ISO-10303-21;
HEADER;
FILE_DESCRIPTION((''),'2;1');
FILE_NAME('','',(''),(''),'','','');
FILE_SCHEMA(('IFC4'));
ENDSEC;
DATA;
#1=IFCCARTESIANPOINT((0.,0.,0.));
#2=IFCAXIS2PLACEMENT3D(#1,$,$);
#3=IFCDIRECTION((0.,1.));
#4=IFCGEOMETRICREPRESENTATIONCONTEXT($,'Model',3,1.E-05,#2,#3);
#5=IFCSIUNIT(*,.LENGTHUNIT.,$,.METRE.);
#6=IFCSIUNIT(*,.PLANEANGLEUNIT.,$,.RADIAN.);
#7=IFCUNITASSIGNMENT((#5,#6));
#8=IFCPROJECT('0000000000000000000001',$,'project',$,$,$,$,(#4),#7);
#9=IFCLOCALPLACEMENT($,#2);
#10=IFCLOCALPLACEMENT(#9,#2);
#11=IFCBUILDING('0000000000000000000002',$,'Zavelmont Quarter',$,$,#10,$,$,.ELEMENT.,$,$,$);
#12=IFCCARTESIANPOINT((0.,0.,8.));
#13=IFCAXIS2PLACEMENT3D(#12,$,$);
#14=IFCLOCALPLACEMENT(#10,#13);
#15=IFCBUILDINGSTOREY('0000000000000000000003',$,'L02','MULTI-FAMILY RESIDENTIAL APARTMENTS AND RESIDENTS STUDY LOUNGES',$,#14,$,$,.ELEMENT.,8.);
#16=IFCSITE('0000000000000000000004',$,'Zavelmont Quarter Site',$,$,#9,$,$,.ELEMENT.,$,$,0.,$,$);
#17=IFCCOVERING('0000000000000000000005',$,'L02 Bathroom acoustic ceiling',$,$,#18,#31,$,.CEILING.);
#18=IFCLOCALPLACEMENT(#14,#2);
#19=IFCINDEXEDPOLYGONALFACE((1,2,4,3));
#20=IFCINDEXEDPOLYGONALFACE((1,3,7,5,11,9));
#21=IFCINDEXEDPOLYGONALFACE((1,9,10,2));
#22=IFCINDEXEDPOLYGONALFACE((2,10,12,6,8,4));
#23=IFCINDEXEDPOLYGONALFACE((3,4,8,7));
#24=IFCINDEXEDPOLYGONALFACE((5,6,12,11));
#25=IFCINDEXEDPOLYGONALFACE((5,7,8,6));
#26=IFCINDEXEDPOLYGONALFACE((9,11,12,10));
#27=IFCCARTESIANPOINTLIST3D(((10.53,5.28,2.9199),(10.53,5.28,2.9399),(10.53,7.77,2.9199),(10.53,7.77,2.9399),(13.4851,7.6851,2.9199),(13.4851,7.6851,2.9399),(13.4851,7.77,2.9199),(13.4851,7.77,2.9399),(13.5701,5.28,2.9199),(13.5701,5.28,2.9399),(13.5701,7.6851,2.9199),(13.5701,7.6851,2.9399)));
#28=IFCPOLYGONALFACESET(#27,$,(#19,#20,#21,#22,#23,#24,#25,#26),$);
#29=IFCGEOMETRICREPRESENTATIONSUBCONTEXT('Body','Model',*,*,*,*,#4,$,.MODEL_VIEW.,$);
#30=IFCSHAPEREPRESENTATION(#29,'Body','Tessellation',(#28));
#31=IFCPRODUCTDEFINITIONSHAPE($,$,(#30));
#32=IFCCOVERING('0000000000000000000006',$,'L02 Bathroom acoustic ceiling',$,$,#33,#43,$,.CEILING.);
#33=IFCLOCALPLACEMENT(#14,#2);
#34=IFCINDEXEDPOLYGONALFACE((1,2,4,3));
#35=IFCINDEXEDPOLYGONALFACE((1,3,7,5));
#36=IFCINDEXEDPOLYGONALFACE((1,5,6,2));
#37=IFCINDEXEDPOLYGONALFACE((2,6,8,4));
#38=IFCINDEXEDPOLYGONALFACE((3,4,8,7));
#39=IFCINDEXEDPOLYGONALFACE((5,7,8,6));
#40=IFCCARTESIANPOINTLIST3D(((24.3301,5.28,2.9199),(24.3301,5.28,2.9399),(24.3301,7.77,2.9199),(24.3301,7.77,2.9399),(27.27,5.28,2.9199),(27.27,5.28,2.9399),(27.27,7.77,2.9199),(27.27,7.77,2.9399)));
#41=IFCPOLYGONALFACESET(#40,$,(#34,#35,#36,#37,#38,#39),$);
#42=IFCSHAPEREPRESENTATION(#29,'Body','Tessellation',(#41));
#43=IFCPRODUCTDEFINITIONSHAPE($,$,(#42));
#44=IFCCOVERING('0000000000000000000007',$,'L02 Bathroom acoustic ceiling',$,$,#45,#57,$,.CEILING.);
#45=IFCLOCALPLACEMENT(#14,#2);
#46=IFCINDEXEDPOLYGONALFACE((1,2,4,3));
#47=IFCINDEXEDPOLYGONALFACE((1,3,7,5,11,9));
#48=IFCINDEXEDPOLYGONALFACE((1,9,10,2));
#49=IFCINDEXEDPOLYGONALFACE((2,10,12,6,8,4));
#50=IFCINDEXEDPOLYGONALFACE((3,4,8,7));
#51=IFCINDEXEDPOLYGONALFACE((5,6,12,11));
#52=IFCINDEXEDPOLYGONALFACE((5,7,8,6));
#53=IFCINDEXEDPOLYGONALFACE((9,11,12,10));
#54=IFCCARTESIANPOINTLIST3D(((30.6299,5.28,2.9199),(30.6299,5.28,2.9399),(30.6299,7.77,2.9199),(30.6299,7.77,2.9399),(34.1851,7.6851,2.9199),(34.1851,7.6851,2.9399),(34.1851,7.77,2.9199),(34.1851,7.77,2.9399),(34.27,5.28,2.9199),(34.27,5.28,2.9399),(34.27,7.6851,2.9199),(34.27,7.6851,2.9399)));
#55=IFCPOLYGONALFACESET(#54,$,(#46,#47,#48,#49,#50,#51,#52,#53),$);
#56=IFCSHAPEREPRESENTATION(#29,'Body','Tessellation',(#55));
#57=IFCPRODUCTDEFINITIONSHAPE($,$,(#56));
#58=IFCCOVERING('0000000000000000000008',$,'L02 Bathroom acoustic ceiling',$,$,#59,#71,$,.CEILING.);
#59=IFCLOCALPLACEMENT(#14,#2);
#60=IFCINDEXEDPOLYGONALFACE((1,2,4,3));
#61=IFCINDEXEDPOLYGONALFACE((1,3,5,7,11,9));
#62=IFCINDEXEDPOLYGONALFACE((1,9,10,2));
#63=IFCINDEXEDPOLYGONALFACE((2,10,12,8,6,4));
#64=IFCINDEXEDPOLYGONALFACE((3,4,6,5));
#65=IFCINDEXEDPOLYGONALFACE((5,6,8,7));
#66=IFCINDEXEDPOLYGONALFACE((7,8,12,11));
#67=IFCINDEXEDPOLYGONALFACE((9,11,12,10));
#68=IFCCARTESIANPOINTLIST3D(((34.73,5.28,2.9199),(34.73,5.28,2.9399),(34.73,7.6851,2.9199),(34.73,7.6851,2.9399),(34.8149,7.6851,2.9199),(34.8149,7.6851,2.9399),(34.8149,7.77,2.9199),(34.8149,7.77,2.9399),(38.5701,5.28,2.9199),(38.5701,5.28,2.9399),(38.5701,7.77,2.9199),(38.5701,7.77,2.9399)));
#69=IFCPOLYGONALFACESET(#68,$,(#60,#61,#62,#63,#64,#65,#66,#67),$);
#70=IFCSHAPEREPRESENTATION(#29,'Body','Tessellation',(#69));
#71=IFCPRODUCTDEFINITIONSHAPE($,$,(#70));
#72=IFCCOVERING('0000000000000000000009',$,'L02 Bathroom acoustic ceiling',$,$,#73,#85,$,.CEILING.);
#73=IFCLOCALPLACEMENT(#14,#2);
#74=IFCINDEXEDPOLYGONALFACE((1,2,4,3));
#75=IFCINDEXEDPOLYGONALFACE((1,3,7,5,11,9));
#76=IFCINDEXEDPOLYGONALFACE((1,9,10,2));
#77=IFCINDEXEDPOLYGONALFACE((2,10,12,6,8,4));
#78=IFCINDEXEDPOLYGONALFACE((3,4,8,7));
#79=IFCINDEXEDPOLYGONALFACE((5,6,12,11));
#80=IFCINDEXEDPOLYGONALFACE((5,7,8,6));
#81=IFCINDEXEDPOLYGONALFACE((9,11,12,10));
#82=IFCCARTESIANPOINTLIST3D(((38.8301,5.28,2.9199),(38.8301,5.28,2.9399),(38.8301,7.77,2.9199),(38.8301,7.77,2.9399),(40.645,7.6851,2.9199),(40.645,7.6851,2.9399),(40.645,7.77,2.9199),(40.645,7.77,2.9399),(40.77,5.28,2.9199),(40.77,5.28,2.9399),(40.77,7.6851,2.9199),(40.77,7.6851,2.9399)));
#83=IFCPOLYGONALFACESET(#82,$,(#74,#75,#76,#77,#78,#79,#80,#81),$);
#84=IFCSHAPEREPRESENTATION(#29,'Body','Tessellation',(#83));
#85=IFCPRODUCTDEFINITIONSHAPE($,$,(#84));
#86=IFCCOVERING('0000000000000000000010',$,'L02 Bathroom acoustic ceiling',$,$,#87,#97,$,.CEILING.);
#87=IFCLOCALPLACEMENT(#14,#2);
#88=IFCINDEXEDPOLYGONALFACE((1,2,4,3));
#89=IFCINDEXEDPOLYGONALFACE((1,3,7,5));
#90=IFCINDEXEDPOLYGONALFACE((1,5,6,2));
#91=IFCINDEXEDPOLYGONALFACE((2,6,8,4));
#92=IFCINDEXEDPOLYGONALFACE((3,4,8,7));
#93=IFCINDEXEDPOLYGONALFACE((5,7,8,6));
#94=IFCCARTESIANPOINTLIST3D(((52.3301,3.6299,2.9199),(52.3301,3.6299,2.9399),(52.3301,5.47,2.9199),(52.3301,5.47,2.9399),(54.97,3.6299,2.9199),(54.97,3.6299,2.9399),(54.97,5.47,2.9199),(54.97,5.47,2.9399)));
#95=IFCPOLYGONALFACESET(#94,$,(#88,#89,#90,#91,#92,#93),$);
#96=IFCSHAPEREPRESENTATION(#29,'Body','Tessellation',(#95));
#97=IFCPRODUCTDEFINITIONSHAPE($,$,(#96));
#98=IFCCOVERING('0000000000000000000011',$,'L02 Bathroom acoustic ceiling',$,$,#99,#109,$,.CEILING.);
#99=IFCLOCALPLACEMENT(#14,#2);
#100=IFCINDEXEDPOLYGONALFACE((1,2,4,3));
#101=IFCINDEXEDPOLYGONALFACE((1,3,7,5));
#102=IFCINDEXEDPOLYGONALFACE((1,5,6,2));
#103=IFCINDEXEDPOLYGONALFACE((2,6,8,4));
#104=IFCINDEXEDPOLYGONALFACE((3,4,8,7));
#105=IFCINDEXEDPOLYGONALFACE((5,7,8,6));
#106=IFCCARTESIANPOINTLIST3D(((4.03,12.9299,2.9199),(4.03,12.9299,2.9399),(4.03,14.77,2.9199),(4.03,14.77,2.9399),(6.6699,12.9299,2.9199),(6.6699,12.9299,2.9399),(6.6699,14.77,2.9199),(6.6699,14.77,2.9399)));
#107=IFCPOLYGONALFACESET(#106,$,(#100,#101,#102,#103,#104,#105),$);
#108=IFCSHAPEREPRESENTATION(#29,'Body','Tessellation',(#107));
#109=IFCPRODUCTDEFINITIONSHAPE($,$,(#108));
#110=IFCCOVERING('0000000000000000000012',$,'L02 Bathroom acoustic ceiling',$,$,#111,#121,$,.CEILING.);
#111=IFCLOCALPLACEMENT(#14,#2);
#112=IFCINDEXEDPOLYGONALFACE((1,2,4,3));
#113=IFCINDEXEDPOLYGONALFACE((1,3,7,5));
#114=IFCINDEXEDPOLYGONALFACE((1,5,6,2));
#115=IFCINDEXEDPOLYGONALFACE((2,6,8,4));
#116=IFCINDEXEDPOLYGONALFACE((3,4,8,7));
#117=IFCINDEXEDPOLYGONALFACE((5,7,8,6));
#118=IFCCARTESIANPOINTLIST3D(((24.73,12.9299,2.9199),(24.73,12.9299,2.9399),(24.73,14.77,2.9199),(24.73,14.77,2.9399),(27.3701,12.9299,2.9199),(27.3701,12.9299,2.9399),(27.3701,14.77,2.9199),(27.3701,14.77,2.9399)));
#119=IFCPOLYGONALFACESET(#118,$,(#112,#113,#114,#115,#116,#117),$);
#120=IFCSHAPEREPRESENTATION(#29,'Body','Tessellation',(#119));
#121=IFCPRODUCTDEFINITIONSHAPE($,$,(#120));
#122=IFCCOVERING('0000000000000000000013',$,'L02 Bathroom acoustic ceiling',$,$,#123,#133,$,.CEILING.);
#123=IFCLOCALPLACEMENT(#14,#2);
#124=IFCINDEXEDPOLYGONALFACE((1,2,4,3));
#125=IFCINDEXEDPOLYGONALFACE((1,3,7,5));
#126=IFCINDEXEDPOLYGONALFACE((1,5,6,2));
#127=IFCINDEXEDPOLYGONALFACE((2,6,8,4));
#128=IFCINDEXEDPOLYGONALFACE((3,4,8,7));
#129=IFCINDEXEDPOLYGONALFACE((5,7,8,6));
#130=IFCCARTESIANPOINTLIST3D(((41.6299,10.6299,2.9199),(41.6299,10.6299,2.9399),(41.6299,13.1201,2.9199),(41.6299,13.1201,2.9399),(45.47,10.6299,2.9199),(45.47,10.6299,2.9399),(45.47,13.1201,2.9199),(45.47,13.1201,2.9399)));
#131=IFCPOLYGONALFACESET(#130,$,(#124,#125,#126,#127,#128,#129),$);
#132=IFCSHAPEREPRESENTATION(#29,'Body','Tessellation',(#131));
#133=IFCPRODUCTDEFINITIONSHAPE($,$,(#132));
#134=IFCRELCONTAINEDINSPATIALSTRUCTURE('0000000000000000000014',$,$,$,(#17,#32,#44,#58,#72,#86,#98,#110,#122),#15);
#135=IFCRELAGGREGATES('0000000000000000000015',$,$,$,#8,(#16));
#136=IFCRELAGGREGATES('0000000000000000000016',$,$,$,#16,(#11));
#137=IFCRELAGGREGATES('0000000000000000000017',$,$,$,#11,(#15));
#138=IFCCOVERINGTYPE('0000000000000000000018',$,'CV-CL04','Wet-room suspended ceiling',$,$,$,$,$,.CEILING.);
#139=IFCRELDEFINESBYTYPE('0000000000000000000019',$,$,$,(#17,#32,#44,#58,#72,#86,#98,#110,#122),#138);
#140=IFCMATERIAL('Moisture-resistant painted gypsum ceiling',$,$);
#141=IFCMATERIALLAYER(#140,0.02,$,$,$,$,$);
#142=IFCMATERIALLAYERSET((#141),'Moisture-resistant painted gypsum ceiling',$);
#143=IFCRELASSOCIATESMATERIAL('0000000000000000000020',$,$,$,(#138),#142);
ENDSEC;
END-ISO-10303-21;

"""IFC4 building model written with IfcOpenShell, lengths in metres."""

from ifc_helpers import new_model, si_unit, direction, frame, origin, place, context, subcontext, project, spatial, polyline, outline, extrude, material, layer, layer_set, type_object, element, save


model = new_model("IFC4")

# Units and contexts
model_context = context("Model", 3, precision=1e-05, world=origin(), true_north=direction((0.0, 1.0)))
body_context = subcontext(model_context, "Body", "Model", "MODEL_VIEW")
ifc_project = project(units=[si_unit("LENGTHUNIT", "METRE"), si_unit("PLANEANGLEUNIT", "RADIAN")], contexts=[model_context])

# Site, building, storey
site_placement = place(None, origin())
site = spatial("IfcSite", under=ifc_project, at=site_placement, Name="Zavelmont Quarter Site", CompositionType="ELEMENT", RefElevation=0.0)
building_placement = place(site_placement, origin())
building = spatial("IfcBuilding", under=site, at=building_placement, Name="Zavelmont Quarter", CompositionType="ELEMENT")
storey_placement = place(building_placement, frame((0.0, 0.0, 8.0)))
storey = spatial("IfcBuildingStorey", under=building, at=storey_placement, Name="L02", Description="MULTI-FAMILY RESIDENTIAL APARTMENTS AND RESIDENTS STUDY LOUNGES", CompositionType="ELEMENT", Elevation=8.0)

# Coverings
ifc_material_1 = material(Name="Moisture-resistant painted gypsum ceiling")
ifc_layer_1 = layer(ifc_material_1, 0.02)
ifc_layer_set_1 = layer_set([ifc_layer_1], Name="Moisture-resistant painted gypsum ceiling")
covering_type_1 = type_object("IfcCoveringType", Name="CV-CL04", Description="Wet-room suspended ceiling", PredefinedType="CEILING", material=ifc_layer_set_1)
covering_1_placement = place(storey_placement, frame((0.0, 0.0, 2.9199)))
element("IfcCovering", 1, at=covering_1_placement, inside=storey, type_object=covering_type_1, Name="L02 Bathroom acoustic ceiling", PredefinedType="CEILING", context=body_context, shape_type="SweptSolid", body=[
    extrude(outline(polyline([(10.53, 7.77), (13.4851, 7.77), (13.4851, 7.6851), (13.5701, 7.6851), (13.5701, 5.28), (10.53, 5.28), (10.53, 7.77)])), origin(), (0.0, 0.0, 1.0), 0.02),
])
covering_2_placement = place(storey_placement, frame((0.0, 0.0, 2.9199)))
element("IfcCovering", 2, at=covering_2_placement, inside=storey, type_object=covering_type_1, Name="L02 Bathroom acoustic ceiling", PredefinedType="CEILING", context=body_context, shape_type="SweptSolid", body=[
    extrude(outline(polyline([(24.3301, 7.77), (27.27, 7.77), (27.27, 5.28), (24.3301, 5.28), (24.3301, 7.77)])), origin(), (0.0, 0.0, 1.0), 0.02),
])
covering_3_placement = place(storey_placement, frame((0.0, 0.0, 2.9199)))
element("IfcCovering", 3, at=covering_3_placement, inside=storey, type_object=covering_type_1, Name="L02 Bathroom acoustic ceiling", PredefinedType="CEILING", context=body_context, shape_type="SweptSolid", body=[
    extrude(outline(polyline([(30.6299, 7.77), (34.1851, 7.77), (34.1851, 7.6851), (34.27, 7.6851), (34.27, 5.28), (30.6299, 5.28), (30.6299, 7.77)])), origin(), (0.0, 0.0, 1.0), 0.02),
])
covering_4_placement = place(storey_placement, frame((0.0, 0.0, 2.9199)))
element("IfcCovering", 4, at=covering_4_placement, inside=storey, type_object=covering_type_1, Name="L02 Bathroom acoustic ceiling", PredefinedType="CEILING", context=body_context, shape_type="SweptSolid", body=[
    extrude(outline(polyline([(34.73, 7.6851), (34.8149, 7.6851), (34.8149, 7.77), (38.5701, 7.77), (38.5701, 5.28), (34.73, 5.28), (34.73, 7.6851)])), origin(), (0.0, 0.0, 1.0), 0.02),
])
covering_5_placement = place(storey_placement, frame((0.0, 0.0, 2.9199)))
element("IfcCovering", 5, at=covering_5_placement, inside=storey, type_object=covering_type_1, Name="L02 Bathroom acoustic ceiling", PredefinedType="CEILING", context=body_context, shape_type="SweptSolid", body=[
    extrude(outline(polyline([(38.8301, 7.77), (40.645, 7.77), (40.645, 7.6851), (40.77, 7.6851), (40.77, 5.28), (38.8301, 5.28), (38.8301, 7.77)])), origin(), (0.0, 0.0, 1.0), 0.02),
])
covering_6_placement = place(storey_placement, frame((0.0, 0.0, 2.9199)))
element("IfcCovering", 6, at=covering_6_placement, inside=storey, type_object=covering_type_1, Name="L02 Bathroom acoustic ceiling", PredefinedType="CEILING", context=body_context, shape_type="SweptSolid", body=[
    extrude(outline(polyline([(52.3301, 5.47), (54.97, 5.47), (54.97, 3.6299), (52.3301, 3.6299), (52.3301, 5.47)])), origin(), (0.0, 0.0, 1.0), 0.02),
])
covering_7_placement = place(storey_placement, frame((0.0, 0.0, 2.9199)))
element("IfcCovering", 7, at=covering_7_placement, inside=storey, type_object=covering_type_1, Name="L02 Bathroom acoustic ceiling", PredefinedType="CEILING", context=body_context, shape_type="SweptSolid", body=[
    extrude(outline(polyline([(4.03, 14.77), (6.6699, 14.77), (6.6699, 12.9299), (4.03, 12.9299), (4.03, 14.77)])), origin(), (0.0, 0.0, 1.0), 0.02),
])
covering_8_placement = place(storey_placement, frame((0.0, 0.0, 2.9199)))
element("IfcCovering", 8, at=covering_8_placement, inside=storey, type_object=covering_type_1, Name="L02 Bathroom acoustic ceiling", PredefinedType="CEILING", context=body_context, shape_type="SweptSolid", body=[
    extrude(outline(polyline([(24.73, 14.77), (27.3701, 14.77), (27.3701, 12.9299), (24.73, 12.9299), (24.73, 14.77)])), origin(), (0.0, 0.0, 1.0), 0.02),
])
covering_9_placement = place(storey_placement, frame((0.0, 0.0, 2.9199)))
element("IfcCovering", 9, at=covering_9_placement, inside=storey, type_object=covering_type_1, Name="L02 Bathroom acoustic ceiling", PredefinedType="CEILING", context=body_context, shape_type="SweptSolid", body=[
    extrude(outline(polyline([(41.6299, 13.1201), (45.47, 13.1201), (45.47, 10.6299), (41.6299, 10.6299), (41.6299, 13.1201)])), origin(), (0.0, 0.0, 1.0), 0.02),
])

save(model, "model.ifc")
